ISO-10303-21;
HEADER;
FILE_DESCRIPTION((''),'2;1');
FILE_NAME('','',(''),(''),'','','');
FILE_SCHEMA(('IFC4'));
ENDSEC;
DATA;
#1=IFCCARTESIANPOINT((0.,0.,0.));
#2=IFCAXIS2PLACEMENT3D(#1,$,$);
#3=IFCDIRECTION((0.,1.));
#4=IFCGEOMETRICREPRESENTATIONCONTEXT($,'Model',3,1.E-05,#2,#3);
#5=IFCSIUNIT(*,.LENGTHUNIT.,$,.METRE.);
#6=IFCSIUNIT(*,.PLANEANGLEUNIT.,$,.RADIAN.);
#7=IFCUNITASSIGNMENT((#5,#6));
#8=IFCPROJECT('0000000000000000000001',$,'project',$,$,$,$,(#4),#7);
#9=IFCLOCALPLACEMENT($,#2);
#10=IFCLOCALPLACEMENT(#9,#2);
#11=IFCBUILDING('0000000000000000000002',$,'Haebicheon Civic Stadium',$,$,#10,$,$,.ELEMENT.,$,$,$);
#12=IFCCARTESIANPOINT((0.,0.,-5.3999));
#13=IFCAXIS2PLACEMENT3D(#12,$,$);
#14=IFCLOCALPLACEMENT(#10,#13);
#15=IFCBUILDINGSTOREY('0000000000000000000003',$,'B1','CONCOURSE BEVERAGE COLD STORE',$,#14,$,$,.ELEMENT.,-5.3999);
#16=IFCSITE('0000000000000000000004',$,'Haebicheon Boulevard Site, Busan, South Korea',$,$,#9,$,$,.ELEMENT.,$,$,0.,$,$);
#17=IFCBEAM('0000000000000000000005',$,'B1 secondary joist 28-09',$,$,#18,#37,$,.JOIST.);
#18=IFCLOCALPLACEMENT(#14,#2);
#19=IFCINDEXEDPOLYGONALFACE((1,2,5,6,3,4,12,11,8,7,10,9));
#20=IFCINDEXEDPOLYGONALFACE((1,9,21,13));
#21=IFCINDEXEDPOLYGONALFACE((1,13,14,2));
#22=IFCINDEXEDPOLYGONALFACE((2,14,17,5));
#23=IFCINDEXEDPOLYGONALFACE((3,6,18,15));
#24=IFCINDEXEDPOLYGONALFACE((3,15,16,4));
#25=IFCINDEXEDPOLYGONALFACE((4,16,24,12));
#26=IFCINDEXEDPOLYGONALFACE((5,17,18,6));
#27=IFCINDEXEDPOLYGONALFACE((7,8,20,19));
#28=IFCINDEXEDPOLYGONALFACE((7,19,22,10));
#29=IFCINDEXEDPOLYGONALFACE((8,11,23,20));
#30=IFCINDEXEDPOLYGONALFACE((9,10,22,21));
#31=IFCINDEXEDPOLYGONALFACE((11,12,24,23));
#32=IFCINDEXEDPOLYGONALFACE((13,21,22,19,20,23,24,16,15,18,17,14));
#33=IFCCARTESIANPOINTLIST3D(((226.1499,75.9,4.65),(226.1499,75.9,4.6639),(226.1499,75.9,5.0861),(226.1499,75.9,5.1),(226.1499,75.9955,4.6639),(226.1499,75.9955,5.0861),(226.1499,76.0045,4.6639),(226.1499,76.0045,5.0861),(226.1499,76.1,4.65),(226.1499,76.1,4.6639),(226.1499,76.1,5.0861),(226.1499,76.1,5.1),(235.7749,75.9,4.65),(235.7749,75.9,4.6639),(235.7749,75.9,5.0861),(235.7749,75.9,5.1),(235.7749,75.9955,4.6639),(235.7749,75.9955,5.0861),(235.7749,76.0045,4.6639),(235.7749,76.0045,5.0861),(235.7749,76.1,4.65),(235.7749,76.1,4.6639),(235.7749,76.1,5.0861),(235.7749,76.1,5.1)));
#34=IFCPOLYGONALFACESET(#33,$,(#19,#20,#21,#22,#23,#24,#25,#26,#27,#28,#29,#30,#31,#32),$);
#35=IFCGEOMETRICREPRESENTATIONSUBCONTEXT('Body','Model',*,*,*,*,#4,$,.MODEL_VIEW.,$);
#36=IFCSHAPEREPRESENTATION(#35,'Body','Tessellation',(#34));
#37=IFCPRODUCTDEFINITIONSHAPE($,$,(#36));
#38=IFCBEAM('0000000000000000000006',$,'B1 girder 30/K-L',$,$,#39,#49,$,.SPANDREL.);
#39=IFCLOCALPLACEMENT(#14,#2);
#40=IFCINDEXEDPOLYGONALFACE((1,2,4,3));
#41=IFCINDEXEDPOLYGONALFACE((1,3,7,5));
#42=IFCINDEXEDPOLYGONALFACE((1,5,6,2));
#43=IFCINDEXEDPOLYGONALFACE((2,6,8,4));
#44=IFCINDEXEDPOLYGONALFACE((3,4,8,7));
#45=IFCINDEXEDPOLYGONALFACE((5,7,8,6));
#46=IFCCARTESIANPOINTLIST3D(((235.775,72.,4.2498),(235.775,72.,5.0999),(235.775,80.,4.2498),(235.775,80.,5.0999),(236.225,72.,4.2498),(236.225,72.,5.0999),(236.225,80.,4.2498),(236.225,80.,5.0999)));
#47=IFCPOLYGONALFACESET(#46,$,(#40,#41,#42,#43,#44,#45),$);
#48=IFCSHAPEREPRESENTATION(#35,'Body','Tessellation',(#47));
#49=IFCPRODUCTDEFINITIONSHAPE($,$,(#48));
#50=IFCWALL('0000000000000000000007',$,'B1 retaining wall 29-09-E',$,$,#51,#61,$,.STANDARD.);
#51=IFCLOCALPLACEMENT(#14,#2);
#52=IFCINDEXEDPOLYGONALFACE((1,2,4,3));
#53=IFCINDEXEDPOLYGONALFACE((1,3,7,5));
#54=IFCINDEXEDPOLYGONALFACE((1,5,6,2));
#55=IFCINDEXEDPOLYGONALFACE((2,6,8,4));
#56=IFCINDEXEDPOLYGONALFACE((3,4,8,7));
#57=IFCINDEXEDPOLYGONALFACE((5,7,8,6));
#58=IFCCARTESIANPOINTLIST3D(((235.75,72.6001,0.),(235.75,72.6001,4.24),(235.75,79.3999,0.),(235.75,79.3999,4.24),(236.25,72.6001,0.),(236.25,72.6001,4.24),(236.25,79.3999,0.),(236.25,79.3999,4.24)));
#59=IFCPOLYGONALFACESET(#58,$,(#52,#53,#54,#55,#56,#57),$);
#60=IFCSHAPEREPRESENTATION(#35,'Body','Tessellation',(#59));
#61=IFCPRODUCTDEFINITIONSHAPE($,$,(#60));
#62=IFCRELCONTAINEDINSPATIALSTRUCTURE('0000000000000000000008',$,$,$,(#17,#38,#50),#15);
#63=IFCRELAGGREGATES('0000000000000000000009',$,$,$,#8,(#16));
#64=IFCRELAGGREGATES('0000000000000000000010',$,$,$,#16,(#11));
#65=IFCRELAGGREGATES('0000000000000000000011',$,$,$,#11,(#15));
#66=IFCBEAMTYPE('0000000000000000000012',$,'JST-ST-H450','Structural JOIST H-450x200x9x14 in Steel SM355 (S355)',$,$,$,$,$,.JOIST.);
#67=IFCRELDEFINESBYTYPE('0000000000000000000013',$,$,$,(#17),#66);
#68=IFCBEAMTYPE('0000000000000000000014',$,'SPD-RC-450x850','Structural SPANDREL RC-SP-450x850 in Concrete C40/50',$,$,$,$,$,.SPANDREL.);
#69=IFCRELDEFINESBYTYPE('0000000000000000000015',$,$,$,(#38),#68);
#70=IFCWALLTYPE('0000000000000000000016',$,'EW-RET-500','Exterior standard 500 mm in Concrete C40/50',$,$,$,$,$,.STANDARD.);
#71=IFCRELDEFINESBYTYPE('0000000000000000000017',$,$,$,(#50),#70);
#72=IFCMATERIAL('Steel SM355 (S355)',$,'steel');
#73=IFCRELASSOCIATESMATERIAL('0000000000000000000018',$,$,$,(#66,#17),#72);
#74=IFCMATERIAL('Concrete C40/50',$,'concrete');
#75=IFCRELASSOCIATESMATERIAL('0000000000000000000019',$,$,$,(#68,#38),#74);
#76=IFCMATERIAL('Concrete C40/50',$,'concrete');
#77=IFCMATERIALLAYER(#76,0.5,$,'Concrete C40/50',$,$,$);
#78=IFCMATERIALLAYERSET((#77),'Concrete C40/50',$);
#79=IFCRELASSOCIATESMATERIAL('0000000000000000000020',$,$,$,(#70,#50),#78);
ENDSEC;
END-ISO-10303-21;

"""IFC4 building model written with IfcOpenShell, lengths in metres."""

from ifc_helpers import new_model, si_unit, direction, frame, frame_2d, origin, origin_2d, place, context, subcontext, project, spatial, rectangle, i_section, extrude, material, layer, layer_set, material_profile, profile_set, type_object, element, save


model = new_model("IFC4")

# Units and contexts
model_context = context("Model", 3, precision=1e-05, world=origin(), true_north=direction((0.0, 1.0)))
body_context = subcontext(model_context, "Body", "Model", "MODEL_VIEW")
ifc_project = project(units=[si_unit("LENGTHUNIT", "METRE"), si_unit("PLANEANGLEUNIT", "RADIAN")], contexts=[model_context])

# Site, building, storey
site_placement = place(None, origin())
site = spatial("IfcSite", under=ifc_project, at=site_placement, Name="Haebicheon Boulevard Site, Busan, South Korea", CompositionType="ELEMENT", RefElevation=0.0)
building_placement = place(site_placement, origin())
building = spatial("IfcBuilding", under=site, at=building_placement, Name="Haebicheon Civic Stadium", CompositionType="ELEMENT")
storey_placement = place(building_placement, frame((0.0, 0.0, -5.3999)))
storey = spatial("IfcBuildingStorey", under=building, at=storey_placement, Name="B1", Description="CONCOURSE BEVERAGE COLD STORE", CompositionType="ELEMENT", Elevation=-5.3999)

# Beams
ifc_material_1 = material(Name="Steel SM355 (S355)", Category="steel")
ifc_material_profile_1 = material_profile(ifc_material_1, i_section(OverallWidth=0.2, OverallDepth=0.45, WebThickness=0.009, FlangeThickness=0.0139, at=origin_2d()), Name="H-450x200x9x14")
ifc_profile_set_1 = profile_set([ifc_material_profile_1], Name="Steel SM355 (S355)")
beam_type_1 = type_object("IfcBeamType", Name="JST-ST-H450", Description="Structural JOIST H-450x200x9x14 in Steel SM355 (S355)", PredefinedType="JOIST", material=ifc_profile_set_1)
for number, where, z_axis, x_axis, name in (
    (1, (226.1499, 76.0, 4.875), (1.0, 0.0, 0.0), (0.0, 1.0, 0.0), "B1 secondary joist 28-09"),
):
    element("IfcBeam", number, at=place(storey_placement, frame(where, z_axis=z_axis, x_axis=x_axis)), inside=storey, type_object=beam_type_1, material=ifc_profile_set_1, Name=name, PredefinedType="JOIST", context=body_context, shape_type="SweptSolid", body=[
        extrude(i_section(OverallWidth=0.2, OverallDepth=0.45, WebThickness=0.009, FlangeThickness=0.0139, at=origin_2d()), origin(), (0.0, 0.0, 1.0), 9.625),
    ])
ifc_material_2 = material(Name="Concrete C40/50", Category="concrete")
ifc_material_profile_2 = material_profile(ifc_material_2, rectangle(XDim=0.45, YDim=0.8501, at=origin_2d()), Name="RC-SP-450x850")
ifc_profile_set_2 = profile_set([ifc_material_profile_2], Name="Concrete C40/50")
beam_type_2 = type_object("IfcBeamType", Name="SPD-RC-450x850", Description="Structural SPANDREL RC-SP-450x850 in Concrete C40/50", PredefinedType="SPANDREL", material=ifc_profile_set_2)
beam_1_placement = place(storey_placement, frame((236.0, 72.0, 4.6748), z_axis=(0.0, 1.0, 0.0), x_axis=(-1.0, 0.0, 0.0)))
element("IfcBeam", 2, at=beam_1_placement, inside=storey, type_object=beam_type_2, material=ifc_profile_set_2, Name="B1 girder 30/K-L", PredefinedType="SPANDREL", context=body_context, shape_type="SweptSolid", body=[
    extrude(rectangle(XDim=0.45, YDim=0.8501, at=origin_2d()), origin(), (0.0, 0.0, 1.0), 8.0),
])

# Wall
ifc_material_3 = material(Name="Concrete C40/50", Category="concrete")
ifc_layer_1 = layer(ifc_material_3, 0.5, Name="Concrete C40/50")
ifc_layer_set_1 = layer_set([ifc_layer_1], Name="Concrete C40/50")
wall_type = type_object("IfcWallType", Name="EW-RET-500", Description="Exterior standard 500 mm in Concrete C40/50", PredefinedType="STANDARD", material=ifc_layer_set_1)
wall_placement = place(storey_placement, frame((236.0, 72.6001, 0.0), z_axis=(0.0, 0.0, 1.0), x_axis=(0.0, 1.0, 0.0)))
element("IfcWall", 3, at=wall_placement, inside=storey, type_object=wall_type, material=ifc_layer_set_1, Name="B1 retaining wall 29-09-E", PredefinedType="STANDARD", context=body_context, shape_type="SweptSolid", body=[
    extrude(rectangle(XDim=6.7998, YDim=0.5, at=frame_2d((3.3999, 0.0))), origin(), (0.0, 0.0, 1.0), 4.24),
])

save(model, "model.ifc")
